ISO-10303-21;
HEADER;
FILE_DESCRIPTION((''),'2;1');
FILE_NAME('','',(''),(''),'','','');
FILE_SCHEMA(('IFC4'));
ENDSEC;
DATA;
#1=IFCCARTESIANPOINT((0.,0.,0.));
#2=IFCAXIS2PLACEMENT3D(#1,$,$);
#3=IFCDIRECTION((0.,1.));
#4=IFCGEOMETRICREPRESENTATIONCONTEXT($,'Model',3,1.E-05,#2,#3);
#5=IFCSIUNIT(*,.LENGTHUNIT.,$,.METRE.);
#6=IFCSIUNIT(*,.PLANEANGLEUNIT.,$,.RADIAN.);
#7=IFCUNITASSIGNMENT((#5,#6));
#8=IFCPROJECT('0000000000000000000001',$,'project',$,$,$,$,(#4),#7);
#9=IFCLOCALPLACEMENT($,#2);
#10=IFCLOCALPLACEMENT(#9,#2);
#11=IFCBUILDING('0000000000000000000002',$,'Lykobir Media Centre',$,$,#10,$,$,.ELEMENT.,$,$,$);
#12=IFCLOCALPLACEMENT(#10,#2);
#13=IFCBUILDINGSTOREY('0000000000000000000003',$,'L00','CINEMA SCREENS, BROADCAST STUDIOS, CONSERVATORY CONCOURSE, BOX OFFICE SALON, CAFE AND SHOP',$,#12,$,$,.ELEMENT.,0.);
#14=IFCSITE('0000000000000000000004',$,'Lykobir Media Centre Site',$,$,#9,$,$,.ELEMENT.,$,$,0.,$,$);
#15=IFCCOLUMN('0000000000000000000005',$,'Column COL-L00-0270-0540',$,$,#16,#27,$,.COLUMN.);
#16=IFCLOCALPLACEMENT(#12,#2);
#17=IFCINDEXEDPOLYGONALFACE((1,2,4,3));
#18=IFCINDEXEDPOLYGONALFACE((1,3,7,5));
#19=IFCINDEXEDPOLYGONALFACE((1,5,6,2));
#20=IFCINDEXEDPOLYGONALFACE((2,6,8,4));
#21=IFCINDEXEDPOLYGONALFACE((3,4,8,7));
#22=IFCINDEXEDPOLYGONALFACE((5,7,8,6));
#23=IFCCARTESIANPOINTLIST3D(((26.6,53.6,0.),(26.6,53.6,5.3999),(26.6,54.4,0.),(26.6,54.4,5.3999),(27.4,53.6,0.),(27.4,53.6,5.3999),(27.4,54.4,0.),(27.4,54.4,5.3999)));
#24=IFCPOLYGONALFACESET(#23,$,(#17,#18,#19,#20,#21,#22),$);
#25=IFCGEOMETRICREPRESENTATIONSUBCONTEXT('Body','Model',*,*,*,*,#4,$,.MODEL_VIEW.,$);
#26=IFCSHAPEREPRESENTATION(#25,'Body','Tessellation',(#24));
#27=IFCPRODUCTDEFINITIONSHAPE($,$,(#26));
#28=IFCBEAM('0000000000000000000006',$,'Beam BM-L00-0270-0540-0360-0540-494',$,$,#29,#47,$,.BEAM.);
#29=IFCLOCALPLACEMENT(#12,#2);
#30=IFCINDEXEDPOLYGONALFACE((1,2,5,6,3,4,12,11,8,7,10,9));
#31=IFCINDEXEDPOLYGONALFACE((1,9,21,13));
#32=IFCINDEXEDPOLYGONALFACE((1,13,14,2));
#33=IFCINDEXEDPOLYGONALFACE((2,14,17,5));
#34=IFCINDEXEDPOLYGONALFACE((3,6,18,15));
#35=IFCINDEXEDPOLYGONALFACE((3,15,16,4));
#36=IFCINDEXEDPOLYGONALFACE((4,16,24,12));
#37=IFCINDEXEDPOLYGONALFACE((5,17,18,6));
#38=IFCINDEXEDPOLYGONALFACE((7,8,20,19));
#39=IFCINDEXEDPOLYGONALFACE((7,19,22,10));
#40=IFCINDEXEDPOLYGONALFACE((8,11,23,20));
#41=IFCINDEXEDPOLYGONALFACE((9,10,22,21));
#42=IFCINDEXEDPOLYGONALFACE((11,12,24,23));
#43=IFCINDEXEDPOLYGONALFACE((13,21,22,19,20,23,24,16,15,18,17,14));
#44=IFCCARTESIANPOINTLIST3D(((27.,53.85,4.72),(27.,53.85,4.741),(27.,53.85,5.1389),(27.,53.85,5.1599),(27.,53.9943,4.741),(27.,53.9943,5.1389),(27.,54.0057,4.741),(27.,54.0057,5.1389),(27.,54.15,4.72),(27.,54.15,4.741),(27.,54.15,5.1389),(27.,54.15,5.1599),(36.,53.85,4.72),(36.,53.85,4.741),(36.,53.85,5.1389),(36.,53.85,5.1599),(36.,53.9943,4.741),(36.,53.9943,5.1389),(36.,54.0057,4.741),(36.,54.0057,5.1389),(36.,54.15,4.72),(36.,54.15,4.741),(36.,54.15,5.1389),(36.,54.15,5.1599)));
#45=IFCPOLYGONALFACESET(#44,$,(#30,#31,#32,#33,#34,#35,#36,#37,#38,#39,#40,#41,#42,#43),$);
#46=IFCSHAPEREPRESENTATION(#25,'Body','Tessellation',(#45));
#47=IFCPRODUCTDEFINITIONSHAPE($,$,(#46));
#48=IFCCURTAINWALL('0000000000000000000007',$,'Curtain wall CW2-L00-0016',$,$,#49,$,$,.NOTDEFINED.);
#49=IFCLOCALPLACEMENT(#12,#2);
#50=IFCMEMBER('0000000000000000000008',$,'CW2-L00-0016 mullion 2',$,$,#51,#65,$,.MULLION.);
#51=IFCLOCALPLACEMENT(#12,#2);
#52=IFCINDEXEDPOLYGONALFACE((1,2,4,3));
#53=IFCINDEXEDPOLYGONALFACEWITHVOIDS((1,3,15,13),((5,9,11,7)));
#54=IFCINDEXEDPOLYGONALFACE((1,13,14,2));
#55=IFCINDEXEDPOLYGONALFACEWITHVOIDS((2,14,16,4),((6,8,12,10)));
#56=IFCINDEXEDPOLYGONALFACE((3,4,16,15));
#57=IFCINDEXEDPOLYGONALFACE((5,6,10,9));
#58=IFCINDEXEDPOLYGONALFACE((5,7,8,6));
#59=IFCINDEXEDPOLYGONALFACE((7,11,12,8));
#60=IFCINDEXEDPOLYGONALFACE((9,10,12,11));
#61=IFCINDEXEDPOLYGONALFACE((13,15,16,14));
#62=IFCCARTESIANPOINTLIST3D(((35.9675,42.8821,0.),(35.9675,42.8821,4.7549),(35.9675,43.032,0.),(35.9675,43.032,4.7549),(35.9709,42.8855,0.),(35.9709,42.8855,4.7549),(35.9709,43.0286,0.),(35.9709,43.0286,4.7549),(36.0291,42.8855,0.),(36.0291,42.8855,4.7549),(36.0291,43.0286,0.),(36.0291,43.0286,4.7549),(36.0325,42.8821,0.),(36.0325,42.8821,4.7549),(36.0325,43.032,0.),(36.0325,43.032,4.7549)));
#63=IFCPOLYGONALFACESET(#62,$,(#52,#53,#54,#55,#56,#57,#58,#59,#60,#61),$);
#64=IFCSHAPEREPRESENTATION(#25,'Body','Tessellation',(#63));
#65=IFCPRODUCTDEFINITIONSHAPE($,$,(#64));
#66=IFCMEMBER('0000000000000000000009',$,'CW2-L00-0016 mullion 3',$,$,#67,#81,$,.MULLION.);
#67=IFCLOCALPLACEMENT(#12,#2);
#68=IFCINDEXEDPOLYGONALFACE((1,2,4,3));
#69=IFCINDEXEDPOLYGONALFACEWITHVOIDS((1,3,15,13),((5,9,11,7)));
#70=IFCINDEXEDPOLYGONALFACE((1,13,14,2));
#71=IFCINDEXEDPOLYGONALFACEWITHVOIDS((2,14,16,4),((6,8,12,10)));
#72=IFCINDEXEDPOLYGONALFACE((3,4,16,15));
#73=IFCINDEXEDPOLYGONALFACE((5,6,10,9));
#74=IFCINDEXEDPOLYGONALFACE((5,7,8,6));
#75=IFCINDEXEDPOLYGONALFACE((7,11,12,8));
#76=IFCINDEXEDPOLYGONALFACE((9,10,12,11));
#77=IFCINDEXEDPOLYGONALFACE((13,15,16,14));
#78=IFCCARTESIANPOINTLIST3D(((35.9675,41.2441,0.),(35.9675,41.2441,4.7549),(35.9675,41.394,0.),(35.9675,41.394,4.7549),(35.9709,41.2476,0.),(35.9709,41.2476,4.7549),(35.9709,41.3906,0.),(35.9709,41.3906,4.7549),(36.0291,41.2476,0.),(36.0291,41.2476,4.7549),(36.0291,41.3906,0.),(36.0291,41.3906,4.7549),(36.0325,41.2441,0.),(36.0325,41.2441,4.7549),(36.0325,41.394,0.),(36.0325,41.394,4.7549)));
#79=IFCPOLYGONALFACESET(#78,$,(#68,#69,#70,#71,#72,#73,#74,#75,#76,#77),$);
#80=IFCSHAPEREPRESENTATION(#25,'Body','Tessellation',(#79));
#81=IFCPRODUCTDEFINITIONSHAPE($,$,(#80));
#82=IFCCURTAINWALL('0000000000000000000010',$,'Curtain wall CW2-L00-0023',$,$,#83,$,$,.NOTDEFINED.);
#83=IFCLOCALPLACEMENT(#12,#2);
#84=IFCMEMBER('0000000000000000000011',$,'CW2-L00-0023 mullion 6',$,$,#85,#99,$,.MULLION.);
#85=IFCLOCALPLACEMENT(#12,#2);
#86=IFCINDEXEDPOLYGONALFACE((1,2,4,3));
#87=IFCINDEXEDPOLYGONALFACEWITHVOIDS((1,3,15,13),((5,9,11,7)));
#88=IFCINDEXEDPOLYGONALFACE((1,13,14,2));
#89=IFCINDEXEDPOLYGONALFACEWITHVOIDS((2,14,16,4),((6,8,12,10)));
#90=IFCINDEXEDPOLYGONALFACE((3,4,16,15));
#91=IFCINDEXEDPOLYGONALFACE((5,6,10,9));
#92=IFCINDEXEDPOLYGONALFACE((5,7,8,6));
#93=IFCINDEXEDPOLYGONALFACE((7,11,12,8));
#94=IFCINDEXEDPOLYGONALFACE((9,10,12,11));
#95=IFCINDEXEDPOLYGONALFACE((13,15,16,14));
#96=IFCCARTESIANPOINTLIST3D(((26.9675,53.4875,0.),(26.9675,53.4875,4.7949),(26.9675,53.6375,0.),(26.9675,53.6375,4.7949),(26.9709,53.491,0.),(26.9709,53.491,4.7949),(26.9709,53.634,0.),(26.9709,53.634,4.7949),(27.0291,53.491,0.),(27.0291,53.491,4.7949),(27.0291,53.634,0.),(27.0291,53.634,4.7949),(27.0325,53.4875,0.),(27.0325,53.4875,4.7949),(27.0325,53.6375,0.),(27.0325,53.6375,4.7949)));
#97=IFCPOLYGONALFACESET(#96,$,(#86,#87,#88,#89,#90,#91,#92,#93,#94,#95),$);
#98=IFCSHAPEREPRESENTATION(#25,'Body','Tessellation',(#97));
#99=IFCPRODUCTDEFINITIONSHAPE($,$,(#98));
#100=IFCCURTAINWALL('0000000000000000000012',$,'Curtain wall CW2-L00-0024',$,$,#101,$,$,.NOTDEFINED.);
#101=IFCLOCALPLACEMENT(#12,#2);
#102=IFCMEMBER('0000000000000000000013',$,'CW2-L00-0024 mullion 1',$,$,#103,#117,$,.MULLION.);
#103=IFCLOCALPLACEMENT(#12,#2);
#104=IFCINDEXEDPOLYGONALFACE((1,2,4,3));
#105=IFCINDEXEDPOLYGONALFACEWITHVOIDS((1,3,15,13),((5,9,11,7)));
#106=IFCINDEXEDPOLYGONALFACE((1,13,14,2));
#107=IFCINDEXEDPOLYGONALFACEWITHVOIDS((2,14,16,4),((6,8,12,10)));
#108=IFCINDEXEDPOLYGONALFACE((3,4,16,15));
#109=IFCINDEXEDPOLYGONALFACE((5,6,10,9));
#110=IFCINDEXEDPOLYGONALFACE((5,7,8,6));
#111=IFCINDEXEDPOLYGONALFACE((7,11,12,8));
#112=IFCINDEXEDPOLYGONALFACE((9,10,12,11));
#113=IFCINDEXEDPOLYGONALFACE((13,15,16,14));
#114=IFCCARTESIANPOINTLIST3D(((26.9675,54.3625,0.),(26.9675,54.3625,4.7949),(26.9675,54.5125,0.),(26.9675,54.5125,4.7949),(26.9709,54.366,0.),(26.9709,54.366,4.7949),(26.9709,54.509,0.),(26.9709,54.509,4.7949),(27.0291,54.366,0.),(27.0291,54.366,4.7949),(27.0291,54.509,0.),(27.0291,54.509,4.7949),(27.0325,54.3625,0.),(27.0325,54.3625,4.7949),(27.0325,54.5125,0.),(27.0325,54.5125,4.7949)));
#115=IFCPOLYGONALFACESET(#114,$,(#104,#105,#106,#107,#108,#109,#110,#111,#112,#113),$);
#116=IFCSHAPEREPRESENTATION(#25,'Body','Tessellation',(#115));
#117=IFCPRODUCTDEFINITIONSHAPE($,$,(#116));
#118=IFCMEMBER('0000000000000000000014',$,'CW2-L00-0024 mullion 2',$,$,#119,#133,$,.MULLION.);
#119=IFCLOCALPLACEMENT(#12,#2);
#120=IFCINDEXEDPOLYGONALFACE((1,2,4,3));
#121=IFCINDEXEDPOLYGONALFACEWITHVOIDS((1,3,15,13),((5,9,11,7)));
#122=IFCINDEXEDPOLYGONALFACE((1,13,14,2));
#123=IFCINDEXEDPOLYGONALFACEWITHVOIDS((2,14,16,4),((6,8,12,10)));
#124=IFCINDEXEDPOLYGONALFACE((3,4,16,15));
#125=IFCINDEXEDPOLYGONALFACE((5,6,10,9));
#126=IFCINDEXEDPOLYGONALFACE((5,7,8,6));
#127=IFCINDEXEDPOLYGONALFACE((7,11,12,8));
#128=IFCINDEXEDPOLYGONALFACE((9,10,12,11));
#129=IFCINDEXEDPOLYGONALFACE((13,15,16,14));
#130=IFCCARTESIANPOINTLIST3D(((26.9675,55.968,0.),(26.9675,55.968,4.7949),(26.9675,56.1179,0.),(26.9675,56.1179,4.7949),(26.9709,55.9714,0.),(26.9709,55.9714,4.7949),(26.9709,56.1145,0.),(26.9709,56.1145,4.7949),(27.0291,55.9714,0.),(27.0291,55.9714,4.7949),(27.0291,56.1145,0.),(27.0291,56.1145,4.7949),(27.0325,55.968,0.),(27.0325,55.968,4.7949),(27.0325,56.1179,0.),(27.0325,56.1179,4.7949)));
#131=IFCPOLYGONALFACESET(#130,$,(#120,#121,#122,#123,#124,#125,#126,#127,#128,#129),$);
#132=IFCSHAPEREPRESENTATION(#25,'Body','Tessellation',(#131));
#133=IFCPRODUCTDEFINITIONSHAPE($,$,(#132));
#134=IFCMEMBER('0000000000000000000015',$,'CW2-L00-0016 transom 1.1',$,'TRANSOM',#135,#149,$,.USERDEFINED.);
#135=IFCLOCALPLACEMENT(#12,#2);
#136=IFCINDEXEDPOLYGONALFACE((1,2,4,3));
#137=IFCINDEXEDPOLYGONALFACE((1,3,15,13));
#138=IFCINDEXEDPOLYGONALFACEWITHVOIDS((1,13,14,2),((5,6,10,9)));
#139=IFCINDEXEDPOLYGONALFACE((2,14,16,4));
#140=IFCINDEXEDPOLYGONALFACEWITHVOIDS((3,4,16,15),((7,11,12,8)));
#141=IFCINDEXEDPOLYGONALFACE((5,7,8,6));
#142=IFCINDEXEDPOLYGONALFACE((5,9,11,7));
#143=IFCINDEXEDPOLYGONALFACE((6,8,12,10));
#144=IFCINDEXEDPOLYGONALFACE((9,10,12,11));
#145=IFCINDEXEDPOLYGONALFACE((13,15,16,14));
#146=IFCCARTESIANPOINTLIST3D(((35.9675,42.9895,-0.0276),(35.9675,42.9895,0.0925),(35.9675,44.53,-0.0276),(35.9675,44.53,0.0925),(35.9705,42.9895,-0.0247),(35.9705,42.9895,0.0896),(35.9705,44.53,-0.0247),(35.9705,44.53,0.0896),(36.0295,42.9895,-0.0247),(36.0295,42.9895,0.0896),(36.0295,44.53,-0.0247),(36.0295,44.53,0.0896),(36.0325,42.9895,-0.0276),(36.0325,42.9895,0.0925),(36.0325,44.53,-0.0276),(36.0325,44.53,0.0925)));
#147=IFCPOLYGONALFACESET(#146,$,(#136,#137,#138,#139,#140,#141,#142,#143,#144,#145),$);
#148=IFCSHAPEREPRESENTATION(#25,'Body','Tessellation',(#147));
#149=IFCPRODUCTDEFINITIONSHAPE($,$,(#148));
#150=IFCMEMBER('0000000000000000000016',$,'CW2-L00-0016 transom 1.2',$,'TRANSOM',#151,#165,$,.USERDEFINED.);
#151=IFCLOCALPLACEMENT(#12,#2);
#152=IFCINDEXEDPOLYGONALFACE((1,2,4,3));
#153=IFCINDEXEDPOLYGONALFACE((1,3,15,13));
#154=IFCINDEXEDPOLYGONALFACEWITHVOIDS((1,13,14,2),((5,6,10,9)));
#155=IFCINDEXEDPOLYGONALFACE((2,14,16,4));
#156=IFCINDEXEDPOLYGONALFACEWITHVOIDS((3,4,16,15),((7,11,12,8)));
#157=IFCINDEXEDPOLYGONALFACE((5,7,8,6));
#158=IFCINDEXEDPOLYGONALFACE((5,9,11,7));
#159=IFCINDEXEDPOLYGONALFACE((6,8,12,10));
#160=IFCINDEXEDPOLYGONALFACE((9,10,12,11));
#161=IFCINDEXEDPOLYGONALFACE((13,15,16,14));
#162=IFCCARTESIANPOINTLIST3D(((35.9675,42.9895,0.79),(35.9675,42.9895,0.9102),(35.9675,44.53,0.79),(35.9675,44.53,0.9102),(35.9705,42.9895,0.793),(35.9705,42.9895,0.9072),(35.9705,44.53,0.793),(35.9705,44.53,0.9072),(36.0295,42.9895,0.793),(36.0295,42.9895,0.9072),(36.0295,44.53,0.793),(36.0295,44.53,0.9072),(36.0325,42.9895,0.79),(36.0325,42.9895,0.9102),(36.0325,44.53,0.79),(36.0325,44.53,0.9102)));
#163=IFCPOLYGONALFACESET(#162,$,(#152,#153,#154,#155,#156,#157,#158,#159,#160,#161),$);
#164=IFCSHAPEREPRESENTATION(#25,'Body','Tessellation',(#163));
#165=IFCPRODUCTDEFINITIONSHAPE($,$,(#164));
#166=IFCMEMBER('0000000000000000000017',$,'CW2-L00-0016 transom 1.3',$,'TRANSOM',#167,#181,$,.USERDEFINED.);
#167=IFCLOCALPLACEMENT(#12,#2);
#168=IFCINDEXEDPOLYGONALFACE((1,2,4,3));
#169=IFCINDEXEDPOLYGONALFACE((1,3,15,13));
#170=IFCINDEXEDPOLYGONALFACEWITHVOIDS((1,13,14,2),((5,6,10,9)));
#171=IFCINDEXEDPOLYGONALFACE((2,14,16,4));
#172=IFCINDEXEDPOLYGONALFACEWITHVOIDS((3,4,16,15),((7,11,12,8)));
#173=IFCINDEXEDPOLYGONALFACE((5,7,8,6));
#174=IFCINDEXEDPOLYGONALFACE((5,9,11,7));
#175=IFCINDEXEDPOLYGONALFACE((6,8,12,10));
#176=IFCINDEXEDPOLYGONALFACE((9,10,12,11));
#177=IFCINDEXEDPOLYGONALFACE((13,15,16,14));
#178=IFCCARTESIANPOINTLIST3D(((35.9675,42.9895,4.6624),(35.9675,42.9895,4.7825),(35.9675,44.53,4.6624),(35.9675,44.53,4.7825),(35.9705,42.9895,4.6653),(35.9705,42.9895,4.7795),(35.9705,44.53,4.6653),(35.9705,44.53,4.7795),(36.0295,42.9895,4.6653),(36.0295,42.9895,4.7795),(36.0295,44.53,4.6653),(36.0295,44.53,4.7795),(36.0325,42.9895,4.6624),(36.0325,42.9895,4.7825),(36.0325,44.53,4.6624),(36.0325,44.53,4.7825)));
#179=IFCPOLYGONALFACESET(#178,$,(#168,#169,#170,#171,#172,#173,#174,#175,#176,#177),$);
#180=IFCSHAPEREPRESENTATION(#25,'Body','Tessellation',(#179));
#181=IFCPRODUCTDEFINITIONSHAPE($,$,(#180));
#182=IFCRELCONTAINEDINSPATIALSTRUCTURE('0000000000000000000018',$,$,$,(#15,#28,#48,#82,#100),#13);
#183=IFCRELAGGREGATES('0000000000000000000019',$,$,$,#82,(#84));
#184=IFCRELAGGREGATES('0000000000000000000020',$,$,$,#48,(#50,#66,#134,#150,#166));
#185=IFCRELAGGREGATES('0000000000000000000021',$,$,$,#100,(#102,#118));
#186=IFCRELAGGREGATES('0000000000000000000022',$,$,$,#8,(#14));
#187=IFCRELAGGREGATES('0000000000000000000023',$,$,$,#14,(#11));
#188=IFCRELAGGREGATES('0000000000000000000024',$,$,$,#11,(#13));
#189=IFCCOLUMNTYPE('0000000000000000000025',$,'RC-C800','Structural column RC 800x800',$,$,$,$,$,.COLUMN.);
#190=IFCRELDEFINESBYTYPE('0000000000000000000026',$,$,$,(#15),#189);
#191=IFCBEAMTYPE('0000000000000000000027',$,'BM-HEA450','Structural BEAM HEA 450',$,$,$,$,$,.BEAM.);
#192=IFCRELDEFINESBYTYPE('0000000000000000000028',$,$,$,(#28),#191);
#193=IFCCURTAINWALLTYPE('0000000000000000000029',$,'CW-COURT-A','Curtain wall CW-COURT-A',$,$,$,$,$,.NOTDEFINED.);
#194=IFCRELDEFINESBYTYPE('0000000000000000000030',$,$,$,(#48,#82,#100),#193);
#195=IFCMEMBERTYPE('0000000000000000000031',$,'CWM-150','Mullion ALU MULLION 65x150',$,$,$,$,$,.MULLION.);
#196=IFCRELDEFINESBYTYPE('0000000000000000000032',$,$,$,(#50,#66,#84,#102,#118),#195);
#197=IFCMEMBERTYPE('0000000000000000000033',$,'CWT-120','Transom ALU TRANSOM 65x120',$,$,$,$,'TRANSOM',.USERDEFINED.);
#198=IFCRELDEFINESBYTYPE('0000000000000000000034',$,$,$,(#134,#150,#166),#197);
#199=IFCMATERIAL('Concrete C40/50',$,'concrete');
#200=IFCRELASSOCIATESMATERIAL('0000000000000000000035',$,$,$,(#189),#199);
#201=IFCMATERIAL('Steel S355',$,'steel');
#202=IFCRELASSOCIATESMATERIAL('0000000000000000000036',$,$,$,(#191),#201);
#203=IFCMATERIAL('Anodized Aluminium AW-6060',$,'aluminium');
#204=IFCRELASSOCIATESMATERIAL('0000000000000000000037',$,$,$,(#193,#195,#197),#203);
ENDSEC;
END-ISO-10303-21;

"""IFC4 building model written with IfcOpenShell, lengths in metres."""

from ifc_helpers import new_model, si_unit, direction, frame, origin, origin_2d, place, context, subcontext, project, spatial, rectangle, hollow_rectangle, i_section, extrude, material, material_profile, profile_set, type_object, element, aggregate, save


model = new_model("IFC4")

# Units and contexts
model_context = context("Model", 3, precision=1e-05, world=origin(), true_north=direction((0.0, 1.0)))
body_context = subcontext(model_context, "Body", "Model", "MODEL_VIEW")
ifc_project = project(units=[si_unit("LENGTHUNIT", "METRE"), si_unit("PLANEANGLEUNIT", "RADIAN")], contexts=[model_context])

# Site, building, storey
site_placement = place(None, origin())
site = spatial("IfcSite", under=ifc_project, at=site_placement, Name="Lykobir Media Centre Site", CompositionType="ELEMENT", RefElevation=0.0)
building_placement = place(site_placement, origin())
building = spatial("IfcBuilding", under=site, at=building_placement, Name="Lykobir Media Centre", CompositionType="ELEMENT")
storey_placement = place(building_placement, origin())
storey = spatial("IfcBuildingStorey", under=building, at=storey_placement, Name="L00", Description="CINEMA SCREENS, BROADCAST STUDIOS, CONSERVATORY CONCOURSE, BOX OFFICE SALON, CAFE AND SHOP", CompositionType="ELEMENT", Elevation=0.0)

# Column
ifc_material_1 = material(Name="Concrete C40/50", Category="concrete")
ifc_material_profile_1 = material_profile(ifc_material_1, rectangle(XDim=0.8, YDim=0.8, at=origin_2d()), Name="RC 800x800")
ifc_profile_set_1 = profile_set([ifc_material_profile_1], Name="Concrete C40/50")
column_type = type_object("IfcColumnType", Name="RC-C800", Description="Structural column RC 800x800", PredefinedType="COLUMN", material=ifc_profile_set_1)
column_placement = place(storey_placement, frame((27.0, 54.0, 0.0), z_axis=(0.0, 0.0, 1.0), x_axis=(1.0, 0.0, 0.0)))
element("IfcColumn", 1, at=column_placement, inside=storey, type_object=column_type, Name="Column COL-L00-0270-0540", PredefinedType="COLUMN", context=body_context, shape_type="SweptSolid", body=[
    extrude(rectangle(XDim=0.8, YDim=0.8, at=origin_2d()), origin(), (0.0, 0.0, 1.0), 5.3999),
])

# Beam
ifc_material_2 = material(Name="Steel S355", Category="steel")
ifc_material_profile_2 = material_profile(ifc_material_2, i_section(OverallWidth=0.3, OverallDepth=0.4399, WebThickness=0.0115, FlangeThickness=0.021, at=origin_2d()), Name="HEA 450")
ifc_profile_set_2 = profile_set([ifc_material_profile_2], Name="Steel S355")
beam_type_1 = type_object("IfcBeamType", Name="BM-HEA450", Description="Structural BEAM HEA 450", PredefinedType="BEAM", material=ifc_profile_set_2)
beam_1_placement = place(storey_placement, frame((27.0, 54.0, 4.9399), z_axis=(1.0, 0.0, 0.0), x_axis=(0.0, 1.0, 0.0)))
element("IfcBeam", 2, at=beam_1_placement, inside=storey, type_object=beam_type_1, Name="Beam BM-L00-0270-0540-0360-0540-494", PredefinedType="BEAM", context=body_context, shape_type="SweptSolid", body=[
    extrude(i_section(OverallWidth=0.3, OverallDepth=0.4399, WebThickness=0.0115, FlangeThickness=0.021, at=origin_2d()), origin(), (0.0, 0.0, 1.0), 9.0),
])

# Curtain wall, members
ifc_material_3 = material(Name="Anodized Aluminium AW-6060", Category="aluminium")
curtain_wall_type = type_object("IfcCurtainWallType", Name="CW-COURT-A", Description="Curtain wall CW-COURT-A", PredefinedType="NOTDEFINED", material=ifc_material_3)
curtain_wall_1_placement = place(storey_placement, origin())
curtain_wall_1 = element("IfcCurtainWall", 3, at=curtain_wall_1_placement, inside=storey, type_object=curtain_wall_type, Name="Curtain wall CW2-L00-0016", PredefinedType="NOTDEFINED")
ifc_material_profile_3 = material_profile(ifc_material_3, hollow_rectangle(XDim=0.0649, YDim=0.1499, WallThickness=0.0034, at=origin_2d()), Name="ALU MULLION 65x150")
ifc_profile_set_3 = profile_set([ifc_material_profile_3], Name="Anodized Aluminium AW-6060")
member_type_1 = type_object("IfcMemberType", Name="CWM-150", Description="Mullion ALU MULLION 65x150", PredefinedType="MULLION", material=ifc_profile_set_3)
member_1_placement = place(storey_placement, frame((36.0, 42.957, 0.0), z_axis=(0.0, 0.0, 1.0), x_axis=(1.0, 0.0, 0.0)))
member_1 = element("IfcMember", 4, at=member_1_placement, type_object=member_type_1, Name="CW2-L00-0016 mullion 2", PredefinedType="MULLION", context=body_context, shape_type="SweptSolid", body=[
    extrude(hollow_rectangle(XDim=0.0649, YDim=0.1499, WallThickness=0.0034, at=origin_2d()), origin(), (0.0, 0.0, 1.0), 4.7549),
])
member_2_placement = place(storey_placement, frame((36.0, 41.3191, 0.0), z_axis=(0.0, 0.0, 1.0), x_axis=(1.0, 0.0, 0.0)))
member_2 = element("IfcMember", 5, at=member_2_placement, type_object=member_type_1, Name="CW2-L00-0016 mullion 3", PredefinedType="MULLION", context=body_context, shape_type="SweptSolid", body=[
    extrude(hollow_rectangle(XDim=0.0649, YDim=0.1499, WallThickness=0.0034, at=origin_2d()), origin(), (0.0, 0.0, 1.0), 4.7549),
])

# Curtain wall, member
curtain_wall_2_placement = place(storey_placement, origin())
curtain_wall_2 = element("IfcCurtainWall", 6, at=curtain_wall_2_placement, inside=storey, type_object=curtain_wall_type, Name="Curtain wall CW2-L00-0023", PredefinedType="NOTDEFINED")
member_3_placement = place(storey_placement, frame((27.0, 53.5625, 0.0), z_axis=(0.0, 0.0, 1.0), x_axis=(-1.0, 0.0, 0.0)))
member_3 = element("IfcMember", 7, at=member_3_placement, type_object=member_type_1, Name="CW2-L00-0023 mullion 6", PredefinedType="MULLION", context=body_context, shape_type="SweptSolid", body=[
    extrude(hollow_rectangle(XDim=0.0649, YDim=0.1499, WallThickness=0.0034, at=origin_2d()), origin(), (0.0, 0.0, 1.0), 4.7949),
])

# Curtain wall, members
curtain_wall_3_placement = place(storey_placement, origin())
curtain_wall_3 = element("IfcCurtainWall", 8, at=curtain_wall_3_placement, inside=storey, type_object=curtain_wall_type, Name="Curtain wall CW2-L00-0024", PredefinedType="NOTDEFINED")
member_4_placement = place(storey_placement, frame((27.0, 54.4375, 0.0), z_axis=(0.0, 0.0, 1.0), x_axis=(-1.0, 0.0, 0.0)))
member_4 = element("IfcMember", 9, at=member_4_placement, type_object=member_type_1, Name="CW2-L00-0024 mullion 1", PredefinedType="MULLION", context=body_context, shape_type="SweptSolid", body=[
    extrude(hollow_rectangle(XDim=0.0649, YDim=0.1499, WallThickness=0.0034, at=origin_2d()), origin(), (0.0, 0.0, 1.0), 4.7949),
])
member_5_placement = place(storey_placement, frame((27.0, 56.043, 0.0), z_axis=(0.0, 0.0, 1.0), x_axis=(-1.0, 0.0, 0.0)))
member_5 = element("IfcMember", 10, at=member_5_placement, type_object=member_type_1, Name="CW2-L00-0024 mullion 2", PredefinedType="MULLION", context=body_context, shape_type="SweptSolid", body=[
    extrude(hollow_rectangle(XDim=0.0649, YDim=0.1499, WallThickness=0.0034, at=origin_2d()), origin(), (0.0, 0.0, 1.0), 4.7949),
])

# Members
ifc_material_profile_4 = material_profile(ifc_material_3, hollow_rectangle(XDim=0.0649, YDim=0.1201, WallThickness=0.0029, at=origin_2d()), Name="ALU TRANSOM 65x120")
ifc_profile_set_4 = profile_set([ifc_material_profile_4], Name="Anodized Aluminium AW-6060")
member_type_2 = type_object("IfcMemberType", Name="CWT-120", Description="Transom ALU TRANSOM 65x120", ElementType="TRANSOM", PredefinedType="USERDEFINED", material=ifc_profile_set_4)
member_6_placement = place(storey_placement, frame((36.0, 44.53, 0.0325), z_axis=(0.0, -1.0, 0.0), x_axis=(1.0, 0.0, 0.0)))
member_6 = element("IfcMember", 11, at=member_6_placement, type_object=member_type_2, Name="CW2-L00-0016 transom 1.1", ObjectType="TRANSOM", PredefinedType="USERDEFINED", context=body_context, shape_type="SweptSolid", body=[
    extrude(hollow_rectangle(XDim=0.0649, YDim=0.1201, WallThickness=0.0029, at=origin_2d()), origin(), (0.0, 0.0, 1.0), 1.5405),
])
member_7_placement = place(storey_placement, frame((36.0, 44.53, 0.8501), z_axis=(0.0, -1.0, 0.0), x_axis=(1.0, 0.0, 0.0)))
member_7 = element("IfcMember", 12, at=member_7_placement, type_object=member_type_2, Name="CW2-L00-0016 transom 1.2", ObjectType="TRANSOM", PredefinedType="USERDEFINED", context=body_context, shape_type="SweptSolid", body=[
    extrude(hollow_rectangle(XDim=0.0649, YDim=0.1201, WallThickness=0.0029, at=origin_2d()), origin(), (0.0, 0.0, 1.0), 1.5405),
])
member_8_placement = place(storey_placement, frame((36.0, 44.53, 4.7224), z_axis=(0.0, -1.0, 0.0), x_axis=(1.0, 0.0, 0.0)))
member_8 = element("IfcMember", 13, at=member_8_placement, type_object=member_type_2, Name="CW2-L00-0016 transom 1.3", ObjectType="TRANSOM", PredefinedType="USERDEFINED", context=body_context, shape_type="SweptSolid", body=[
    extrude(hollow_rectangle(XDim=0.0649, YDim=0.1201, WallThickness=0.0029, at=origin_2d()), origin(), (0.0, 0.0, 1.0), 1.5405),
])

aggregate(curtain_wall_2, [member_3])
aggregate(curtain_wall_1, [member_1, member_2, member_6, member_7, member_8])
aggregate(curtain_wall_3, [member_4, member_5])

save(model, "model.ifc")
